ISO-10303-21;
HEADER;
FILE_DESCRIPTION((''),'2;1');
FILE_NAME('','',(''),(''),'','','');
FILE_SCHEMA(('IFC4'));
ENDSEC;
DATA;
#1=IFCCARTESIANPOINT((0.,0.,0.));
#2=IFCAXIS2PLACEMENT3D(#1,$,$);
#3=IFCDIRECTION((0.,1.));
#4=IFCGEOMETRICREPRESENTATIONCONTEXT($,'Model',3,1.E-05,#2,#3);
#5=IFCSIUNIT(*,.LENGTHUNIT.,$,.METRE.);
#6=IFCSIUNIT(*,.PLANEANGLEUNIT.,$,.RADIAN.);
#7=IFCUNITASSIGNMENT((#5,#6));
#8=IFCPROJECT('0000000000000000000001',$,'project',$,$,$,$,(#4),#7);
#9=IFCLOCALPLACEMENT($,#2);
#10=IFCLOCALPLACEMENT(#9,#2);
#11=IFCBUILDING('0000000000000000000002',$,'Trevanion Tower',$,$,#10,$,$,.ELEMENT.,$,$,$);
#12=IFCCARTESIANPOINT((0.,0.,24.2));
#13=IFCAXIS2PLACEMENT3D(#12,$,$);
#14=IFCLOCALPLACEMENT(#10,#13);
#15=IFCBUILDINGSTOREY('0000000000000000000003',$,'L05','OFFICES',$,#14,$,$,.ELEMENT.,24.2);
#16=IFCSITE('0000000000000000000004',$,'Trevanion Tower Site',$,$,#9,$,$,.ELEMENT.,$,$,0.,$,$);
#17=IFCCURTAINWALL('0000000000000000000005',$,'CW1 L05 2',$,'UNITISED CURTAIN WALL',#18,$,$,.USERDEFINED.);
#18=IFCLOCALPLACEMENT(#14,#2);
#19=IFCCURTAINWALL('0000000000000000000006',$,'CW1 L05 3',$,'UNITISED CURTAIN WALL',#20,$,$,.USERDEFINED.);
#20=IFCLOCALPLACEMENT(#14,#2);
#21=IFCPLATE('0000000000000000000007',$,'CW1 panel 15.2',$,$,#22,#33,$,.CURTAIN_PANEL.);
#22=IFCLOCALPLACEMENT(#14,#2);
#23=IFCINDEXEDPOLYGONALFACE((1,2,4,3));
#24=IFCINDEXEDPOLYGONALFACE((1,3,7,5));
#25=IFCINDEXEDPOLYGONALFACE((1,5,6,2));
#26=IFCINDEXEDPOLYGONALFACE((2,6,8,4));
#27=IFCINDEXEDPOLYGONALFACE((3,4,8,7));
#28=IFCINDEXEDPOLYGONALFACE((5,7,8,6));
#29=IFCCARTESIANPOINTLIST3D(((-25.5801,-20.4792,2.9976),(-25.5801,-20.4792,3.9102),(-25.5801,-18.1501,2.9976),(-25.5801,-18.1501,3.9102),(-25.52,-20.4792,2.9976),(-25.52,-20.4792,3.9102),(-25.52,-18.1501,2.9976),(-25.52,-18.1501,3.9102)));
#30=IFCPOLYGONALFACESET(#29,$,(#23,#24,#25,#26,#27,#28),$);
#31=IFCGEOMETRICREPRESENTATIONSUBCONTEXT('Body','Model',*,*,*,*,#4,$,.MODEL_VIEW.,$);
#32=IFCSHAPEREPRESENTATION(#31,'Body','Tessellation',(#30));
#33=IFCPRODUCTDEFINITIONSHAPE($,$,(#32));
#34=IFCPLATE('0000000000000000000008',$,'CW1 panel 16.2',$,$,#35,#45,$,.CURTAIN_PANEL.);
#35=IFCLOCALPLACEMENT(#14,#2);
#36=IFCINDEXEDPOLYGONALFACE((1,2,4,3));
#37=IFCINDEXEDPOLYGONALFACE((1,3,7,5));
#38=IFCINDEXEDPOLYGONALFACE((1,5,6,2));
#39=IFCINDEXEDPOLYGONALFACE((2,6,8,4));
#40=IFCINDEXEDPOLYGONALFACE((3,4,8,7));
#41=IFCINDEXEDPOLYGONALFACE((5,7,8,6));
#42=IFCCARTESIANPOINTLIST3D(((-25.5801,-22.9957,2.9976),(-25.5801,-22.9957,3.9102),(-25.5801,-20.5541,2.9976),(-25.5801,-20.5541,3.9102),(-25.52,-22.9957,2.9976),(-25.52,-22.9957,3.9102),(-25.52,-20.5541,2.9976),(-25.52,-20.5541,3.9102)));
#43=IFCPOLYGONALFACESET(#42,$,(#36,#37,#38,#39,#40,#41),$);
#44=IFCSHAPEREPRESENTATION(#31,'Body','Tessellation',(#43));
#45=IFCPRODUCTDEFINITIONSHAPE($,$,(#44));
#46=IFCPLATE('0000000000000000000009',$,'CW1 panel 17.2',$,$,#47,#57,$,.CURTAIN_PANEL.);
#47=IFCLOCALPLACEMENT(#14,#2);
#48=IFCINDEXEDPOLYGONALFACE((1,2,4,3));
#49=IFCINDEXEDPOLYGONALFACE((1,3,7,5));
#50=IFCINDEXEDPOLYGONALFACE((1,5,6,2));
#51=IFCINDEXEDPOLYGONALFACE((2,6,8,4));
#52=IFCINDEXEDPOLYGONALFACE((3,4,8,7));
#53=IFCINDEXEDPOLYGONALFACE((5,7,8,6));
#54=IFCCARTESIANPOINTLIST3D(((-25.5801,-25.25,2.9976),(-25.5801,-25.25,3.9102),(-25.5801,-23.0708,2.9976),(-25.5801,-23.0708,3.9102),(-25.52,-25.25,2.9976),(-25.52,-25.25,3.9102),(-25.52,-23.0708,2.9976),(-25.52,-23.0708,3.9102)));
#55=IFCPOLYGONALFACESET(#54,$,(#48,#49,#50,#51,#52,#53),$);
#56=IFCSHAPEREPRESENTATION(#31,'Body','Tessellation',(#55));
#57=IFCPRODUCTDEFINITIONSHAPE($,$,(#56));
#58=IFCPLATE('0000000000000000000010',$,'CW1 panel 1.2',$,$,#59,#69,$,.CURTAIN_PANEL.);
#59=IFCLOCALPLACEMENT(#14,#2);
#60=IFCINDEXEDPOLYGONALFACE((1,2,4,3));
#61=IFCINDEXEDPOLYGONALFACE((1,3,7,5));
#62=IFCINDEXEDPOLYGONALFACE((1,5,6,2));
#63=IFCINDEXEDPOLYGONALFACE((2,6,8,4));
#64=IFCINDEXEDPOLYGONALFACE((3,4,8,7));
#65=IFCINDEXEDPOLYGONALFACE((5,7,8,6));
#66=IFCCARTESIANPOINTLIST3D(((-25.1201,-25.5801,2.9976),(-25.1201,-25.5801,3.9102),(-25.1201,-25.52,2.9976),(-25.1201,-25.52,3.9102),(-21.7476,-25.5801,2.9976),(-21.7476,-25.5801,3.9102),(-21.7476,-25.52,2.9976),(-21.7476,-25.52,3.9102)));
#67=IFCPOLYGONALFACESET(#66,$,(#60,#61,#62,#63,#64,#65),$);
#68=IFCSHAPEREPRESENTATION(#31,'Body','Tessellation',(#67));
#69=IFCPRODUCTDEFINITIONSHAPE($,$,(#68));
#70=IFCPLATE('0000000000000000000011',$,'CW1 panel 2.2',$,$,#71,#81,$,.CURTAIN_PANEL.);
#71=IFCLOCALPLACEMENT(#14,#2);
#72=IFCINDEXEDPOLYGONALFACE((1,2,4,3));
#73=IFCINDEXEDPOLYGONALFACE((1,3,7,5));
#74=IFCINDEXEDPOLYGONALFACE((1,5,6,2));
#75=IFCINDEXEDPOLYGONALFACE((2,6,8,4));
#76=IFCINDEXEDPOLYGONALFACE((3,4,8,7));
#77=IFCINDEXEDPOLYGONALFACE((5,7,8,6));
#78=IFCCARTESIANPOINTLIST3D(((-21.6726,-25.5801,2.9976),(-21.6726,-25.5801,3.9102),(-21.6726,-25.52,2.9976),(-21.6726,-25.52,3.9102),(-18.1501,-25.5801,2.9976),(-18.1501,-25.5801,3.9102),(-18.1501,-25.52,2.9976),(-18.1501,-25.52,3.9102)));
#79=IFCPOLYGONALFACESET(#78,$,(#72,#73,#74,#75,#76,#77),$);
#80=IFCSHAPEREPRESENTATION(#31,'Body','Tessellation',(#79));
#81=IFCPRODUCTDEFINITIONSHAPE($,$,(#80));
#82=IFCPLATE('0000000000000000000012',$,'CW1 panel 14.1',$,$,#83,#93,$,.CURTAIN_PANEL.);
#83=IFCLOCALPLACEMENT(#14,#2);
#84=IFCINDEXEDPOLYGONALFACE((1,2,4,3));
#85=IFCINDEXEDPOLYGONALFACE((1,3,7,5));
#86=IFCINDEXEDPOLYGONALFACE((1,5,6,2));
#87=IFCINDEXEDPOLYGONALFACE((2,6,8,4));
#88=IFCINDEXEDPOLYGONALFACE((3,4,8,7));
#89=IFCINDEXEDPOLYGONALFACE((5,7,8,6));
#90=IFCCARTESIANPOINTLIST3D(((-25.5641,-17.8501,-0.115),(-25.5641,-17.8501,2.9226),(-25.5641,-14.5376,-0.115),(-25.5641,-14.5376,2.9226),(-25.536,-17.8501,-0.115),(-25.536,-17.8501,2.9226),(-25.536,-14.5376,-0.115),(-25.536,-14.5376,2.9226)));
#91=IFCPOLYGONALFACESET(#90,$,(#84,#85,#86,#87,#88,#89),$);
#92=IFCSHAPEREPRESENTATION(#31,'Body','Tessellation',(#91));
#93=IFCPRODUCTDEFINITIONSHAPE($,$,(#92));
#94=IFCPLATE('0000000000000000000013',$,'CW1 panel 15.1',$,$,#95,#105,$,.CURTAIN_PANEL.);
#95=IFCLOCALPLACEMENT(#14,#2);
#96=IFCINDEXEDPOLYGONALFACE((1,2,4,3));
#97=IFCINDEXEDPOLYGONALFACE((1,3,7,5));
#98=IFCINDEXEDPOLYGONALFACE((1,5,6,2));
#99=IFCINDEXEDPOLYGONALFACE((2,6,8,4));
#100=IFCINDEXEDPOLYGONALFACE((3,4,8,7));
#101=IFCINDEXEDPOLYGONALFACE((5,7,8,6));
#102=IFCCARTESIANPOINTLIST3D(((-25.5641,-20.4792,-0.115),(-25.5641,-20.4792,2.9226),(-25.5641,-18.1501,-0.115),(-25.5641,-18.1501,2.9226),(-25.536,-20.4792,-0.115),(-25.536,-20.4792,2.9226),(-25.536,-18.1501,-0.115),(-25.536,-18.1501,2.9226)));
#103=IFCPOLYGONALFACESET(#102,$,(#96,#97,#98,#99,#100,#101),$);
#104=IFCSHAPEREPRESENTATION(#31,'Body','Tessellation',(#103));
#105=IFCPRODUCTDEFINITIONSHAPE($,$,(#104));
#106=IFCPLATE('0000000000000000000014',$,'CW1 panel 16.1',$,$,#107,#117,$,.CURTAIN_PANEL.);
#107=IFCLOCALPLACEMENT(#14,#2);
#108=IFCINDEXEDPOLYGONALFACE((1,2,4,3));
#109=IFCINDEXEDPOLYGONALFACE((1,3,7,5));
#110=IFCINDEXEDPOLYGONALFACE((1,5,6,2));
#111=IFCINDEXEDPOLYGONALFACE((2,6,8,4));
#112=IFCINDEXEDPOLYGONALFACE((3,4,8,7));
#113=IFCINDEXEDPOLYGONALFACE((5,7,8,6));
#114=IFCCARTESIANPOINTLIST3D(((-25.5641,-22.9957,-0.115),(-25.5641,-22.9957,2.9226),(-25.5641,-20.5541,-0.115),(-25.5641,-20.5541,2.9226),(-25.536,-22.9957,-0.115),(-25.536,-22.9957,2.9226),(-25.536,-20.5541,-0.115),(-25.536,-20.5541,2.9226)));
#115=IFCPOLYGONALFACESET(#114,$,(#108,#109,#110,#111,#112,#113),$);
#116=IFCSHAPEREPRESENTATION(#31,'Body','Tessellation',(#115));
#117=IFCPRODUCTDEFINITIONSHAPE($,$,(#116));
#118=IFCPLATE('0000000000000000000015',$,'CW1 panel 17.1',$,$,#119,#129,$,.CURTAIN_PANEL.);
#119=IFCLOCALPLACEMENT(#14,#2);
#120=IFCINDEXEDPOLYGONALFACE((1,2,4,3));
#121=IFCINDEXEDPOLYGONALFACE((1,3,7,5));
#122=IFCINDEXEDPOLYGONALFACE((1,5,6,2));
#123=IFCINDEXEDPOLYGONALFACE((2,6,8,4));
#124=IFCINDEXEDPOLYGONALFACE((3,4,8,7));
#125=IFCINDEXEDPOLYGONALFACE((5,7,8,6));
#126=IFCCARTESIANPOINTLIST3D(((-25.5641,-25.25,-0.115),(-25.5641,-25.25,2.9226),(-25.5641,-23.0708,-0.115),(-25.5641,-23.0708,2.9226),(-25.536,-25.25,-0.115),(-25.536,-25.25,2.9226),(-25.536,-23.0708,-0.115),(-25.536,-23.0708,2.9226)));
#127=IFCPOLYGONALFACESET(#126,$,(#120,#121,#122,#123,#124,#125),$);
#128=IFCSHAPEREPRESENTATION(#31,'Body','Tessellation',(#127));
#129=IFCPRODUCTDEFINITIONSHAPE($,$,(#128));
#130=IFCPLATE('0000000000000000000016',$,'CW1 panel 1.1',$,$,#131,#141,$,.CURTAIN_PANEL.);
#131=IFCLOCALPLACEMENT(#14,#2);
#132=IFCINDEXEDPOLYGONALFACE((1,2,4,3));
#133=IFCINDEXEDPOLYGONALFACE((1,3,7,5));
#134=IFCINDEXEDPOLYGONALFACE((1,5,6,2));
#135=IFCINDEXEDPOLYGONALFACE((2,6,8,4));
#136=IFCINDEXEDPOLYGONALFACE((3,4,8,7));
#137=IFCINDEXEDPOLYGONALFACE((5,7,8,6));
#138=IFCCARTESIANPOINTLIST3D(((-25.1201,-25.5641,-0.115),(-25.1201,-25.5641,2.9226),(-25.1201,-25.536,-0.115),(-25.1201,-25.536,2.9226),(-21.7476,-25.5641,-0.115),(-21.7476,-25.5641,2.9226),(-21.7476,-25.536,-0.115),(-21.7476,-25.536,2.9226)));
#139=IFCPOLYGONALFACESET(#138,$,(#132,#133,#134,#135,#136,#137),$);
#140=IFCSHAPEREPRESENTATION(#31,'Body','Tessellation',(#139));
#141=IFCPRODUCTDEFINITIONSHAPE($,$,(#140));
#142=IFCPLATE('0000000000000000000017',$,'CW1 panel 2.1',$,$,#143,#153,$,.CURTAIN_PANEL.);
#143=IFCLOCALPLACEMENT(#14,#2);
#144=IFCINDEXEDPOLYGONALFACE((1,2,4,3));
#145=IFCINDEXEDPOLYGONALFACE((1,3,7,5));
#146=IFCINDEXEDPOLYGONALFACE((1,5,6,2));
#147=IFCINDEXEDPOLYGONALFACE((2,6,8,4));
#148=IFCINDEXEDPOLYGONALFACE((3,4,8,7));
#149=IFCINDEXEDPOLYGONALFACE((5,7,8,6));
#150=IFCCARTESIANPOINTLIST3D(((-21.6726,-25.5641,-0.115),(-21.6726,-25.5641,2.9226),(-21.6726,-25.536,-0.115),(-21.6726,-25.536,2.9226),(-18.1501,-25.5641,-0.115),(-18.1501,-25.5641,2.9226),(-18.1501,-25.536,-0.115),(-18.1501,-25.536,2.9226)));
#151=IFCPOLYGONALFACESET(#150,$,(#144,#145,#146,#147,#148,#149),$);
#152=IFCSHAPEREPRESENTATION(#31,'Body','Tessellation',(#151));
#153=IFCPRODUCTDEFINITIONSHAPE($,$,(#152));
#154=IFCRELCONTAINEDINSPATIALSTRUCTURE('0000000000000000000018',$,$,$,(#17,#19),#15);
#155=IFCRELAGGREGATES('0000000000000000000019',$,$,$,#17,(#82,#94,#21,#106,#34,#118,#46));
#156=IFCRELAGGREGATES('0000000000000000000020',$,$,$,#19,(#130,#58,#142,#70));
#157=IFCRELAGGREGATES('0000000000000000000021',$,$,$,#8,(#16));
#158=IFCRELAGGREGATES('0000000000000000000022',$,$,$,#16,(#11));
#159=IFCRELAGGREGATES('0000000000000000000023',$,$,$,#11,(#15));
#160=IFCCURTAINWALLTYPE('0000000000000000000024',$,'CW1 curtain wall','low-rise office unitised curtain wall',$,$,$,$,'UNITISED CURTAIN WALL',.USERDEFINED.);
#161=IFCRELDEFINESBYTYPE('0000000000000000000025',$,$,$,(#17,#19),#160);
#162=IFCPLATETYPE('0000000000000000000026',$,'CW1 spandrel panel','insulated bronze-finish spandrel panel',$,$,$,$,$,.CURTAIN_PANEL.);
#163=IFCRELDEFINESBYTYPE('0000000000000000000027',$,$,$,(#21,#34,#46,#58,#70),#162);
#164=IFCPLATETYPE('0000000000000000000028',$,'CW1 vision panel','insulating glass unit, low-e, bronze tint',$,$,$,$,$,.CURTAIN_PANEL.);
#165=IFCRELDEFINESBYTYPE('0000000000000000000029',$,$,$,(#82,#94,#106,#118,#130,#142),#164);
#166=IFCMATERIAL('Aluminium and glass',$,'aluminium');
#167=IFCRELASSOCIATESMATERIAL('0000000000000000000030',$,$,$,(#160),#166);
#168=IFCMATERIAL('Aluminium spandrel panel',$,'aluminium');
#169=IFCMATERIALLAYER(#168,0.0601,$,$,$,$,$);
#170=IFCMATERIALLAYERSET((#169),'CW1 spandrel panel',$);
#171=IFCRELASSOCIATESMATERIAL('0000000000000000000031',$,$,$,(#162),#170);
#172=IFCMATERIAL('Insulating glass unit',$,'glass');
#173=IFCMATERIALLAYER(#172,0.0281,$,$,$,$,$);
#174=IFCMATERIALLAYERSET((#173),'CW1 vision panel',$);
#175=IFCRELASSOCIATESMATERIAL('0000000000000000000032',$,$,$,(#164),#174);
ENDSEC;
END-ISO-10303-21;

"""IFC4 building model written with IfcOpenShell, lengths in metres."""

from ifc_helpers import new_model, si_unit, direction, frame, origin, origin_2d, place, context, subcontext, project, spatial, rectangle, extrude, material, layer, layer_set, type_object, element, aggregate, save


model = new_model("IFC4")

# Units and contexts
model_context = context("Model", 3, precision=1e-05, world=origin(), true_north=direction((0.0, 1.0)))
body_context = subcontext(model_context, "Body", "Model", "MODEL_VIEW")
ifc_project = project(units=[si_unit("LENGTHUNIT", "METRE"), si_unit("PLANEANGLEUNIT", "RADIAN")], contexts=[model_context])

# Site, building, storey
site_placement = place(None, origin())
site = spatial("IfcSite", under=ifc_project, at=site_placement, Name="Trevanion Tower Site", CompositionType="ELEMENT", RefElevation=0.0)
building_placement = place(site_placement, origin())
building = spatial("IfcBuilding", under=site, at=building_placement, Name="Trevanion Tower", CompositionType="ELEMENT")
storey_placement = place(building_placement, frame((0.0, 0.0, 24.2)))
storey = spatial("IfcBuildingStorey", under=building, at=storey_placement, Name="L05", Description="OFFICES", CompositionType="ELEMENT", Elevation=24.2)

# Curtain wall
ifc_material_1 = material(Name="Aluminium and glass", Category="aluminium")
curtain_wall_type = type_object("IfcCurtainWallType", Name="CW1 curtain wall", Description="low-rise office unitised curtain wall", ElementType="UNITISED CURTAIN WALL", PredefinedType="USERDEFINED", material=ifc_material_1)
curtain_wall_1_placement = place(storey_placement, origin())
curtain_wall_1 = element("IfcCurtainWall", 1, at=curtain_wall_1_placement, inside=storey, type_object=curtain_wall_type, Name="CW1 L05 2", ObjectType="UNITISED CURTAIN WALL", PredefinedType="USERDEFINED")

# Curtain wall
curtain_wall_2_placement = place(storey_placement, origin())
curtain_wall_2 = element("IfcCurtainWall", 2, at=curtain_wall_2_placement, inside=storey, type_object=curtain_wall_type, Name="CW1 L05 3", ObjectType="UNITISED CURTAIN WALL", PredefinedType="USERDEFINED")

# Plates
ifc_material_2 = material(Name="Aluminium spandrel panel", Category="aluminium")
ifc_layer_1 = layer(ifc_material_2, 0.0601)
ifc_layer_set_1 = layer_set([ifc_layer_1], Name="CW1 spandrel panel")
plate_type_1 = type_object("IfcPlateType", Name="CW1 spandrel panel", Description="insulated bronze-finish spandrel panel", PredefinedType="CURTAIN_PANEL", material=ifc_layer_set_1)
plate_1_placement = place(storey_placement, frame((-25.55, -19.3147, 2.9976), z_axis=(0.0, 0.0, 1.0), x_axis=(0.0, -1.0, 0.0)))
plate_1 = element("IfcPlate", 3, at=plate_1_placement, type_object=plate_type_1, Name="CW1 panel 15.2", PredefinedType="CURTAIN_PANEL", context=body_context, shape_type="SweptSolid", body=[
    extrude(rectangle(XDim=2.3291, YDim=0.0601, at=origin_2d()), origin(), (0.0, 0.0, 1.0), 0.9126),
])
plate_2_placement = place(storey_placement, frame((-25.55, -21.7749, 2.9976), z_axis=(0.0, 0.0, 1.0), x_axis=(0.0, -1.0, 0.0)))
plate_2 = element("IfcPlate", 4, at=plate_2_placement, type_object=plate_type_1, Name="CW1 panel 16.2", PredefinedType="CURTAIN_PANEL", context=body_context, shape_type="SweptSolid", body=[
    extrude(rectangle(XDim=2.4417, YDim=0.0601, at=origin_2d()), origin(), (0.0, 0.0, 1.0), 0.9126),
])
plate_3_placement = place(storey_placement, frame((-25.55, -24.1604, 2.9976), z_axis=(0.0, 0.0, 1.0), x_axis=(0.0, -1.0, 0.0)))
plate_3 = element("IfcPlate", 5, at=plate_3_placement, type_object=plate_type_1, Name="CW1 panel 17.2", PredefinedType="CURTAIN_PANEL", context=body_context, shape_type="SweptSolid", body=[
    extrude(rectangle(XDim=2.1792, YDim=0.0601, at=origin_2d()), origin(), (0.0, 0.0, 1.0), 0.9126),
])
plate_4_placement = place(storey_placement, frame((-23.4338, -25.55, 2.9976), z_axis=(0.0, 0.0, 1.0), x_axis=(1.0, 0.0, 0.0)))
plate_4 = element("IfcPlate", 6, at=plate_4_placement, type_object=plate_type_1, Name="CW1 panel 1.2", PredefinedType="CURTAIN_PANEL", context=body_context, shape_type="SweptSolid", body=[
    extrude(rectangle(XDim=3.3726, YDim=0.0601, at=origin_2d()), origin(), (0.0, 0.0, 1.0), 0.9126),
])
plate_5_placement = place(storey_placement, frame((-19.9114, -25.55, 2.9976), z_axis=(0.0, 0.0, 1.0), x_axis=(1.0, 0.0, 0.0)))
plate_5 = element("IfcPlate", 7, at=plate_5_placement, type_object=plate_type_1, Name="CW1 panel 2.2", PredefinedType="CURTAIN_PANEL", context=body_context, shape_type="SweptSolid", body=[
    extrude(rectangle(XDim=3.5225, YDim=0.0601, at=origin_2d()), origin(), (0.0, 0.0, 1.0), 0.9126),
])
ifc_material_3 = material(Name="Insulating glass unit", Category="glass")
ifc_layer_2 = layer(ifc_material_3, 0.0281)
ifc_layer_set_2 = layer_set([ifc_layer_2], Name="CW1 vision panel")
plate_type_2 = type_object("IfcPlateType", Name="CW1 vision panel", Description="insulating glass unit, low-e, bronze tint", PredefinedType="CURTAIN_PANEL", material=ifc_layer_set_2)
plate_6_placement = place(storey_placement, frame((-25.55, -16.1938, -0.115), z_axis=(0.0, 0.0, 1.0), x_axis=(0.0, -1.0, 0.0)))
plate_6 = element("IfcPlate", 8, at=plate_6_placement, type_object=plate_type_2, Name="CW1 panel 14.1", PredefinedType="CURTAIN_PANEL", context=body_context, shape_type="SweptSolid", body=[
    extrude(rectangle(XDim=3.3125, YDim=0.0281, at=origin_2d()), origin(), (0.0, 0.0, 1.0), 3.0376),
])
plate_7_placement = place(storey_placement, frame((-25.55, -19.3147, -0.115), z_axis=(0.0, 0.0, 1.0), x_axis=(0.0, -1.0, 0.0)))
plate_7 = element("IfcPlate", 9, at=plate_7_placement, type_object=plate_type_2, Name="CW1 panel 15.1", PredefinedType="CURTAIN_PANEL", context=body_context, shape_type="SweptSolid", body=[
    extrude(rectangle(XDim=2.3291, YDim=0.0281, at=origin_2d()), origin(), (0.0, 0.0, 1.0), 3.0376),
])
plate_8_placement = place(storey_placement, frame((-25.55, -21.7749, -0.115), z_axis=(0.0, 0.0, 1.0), x_axis=(0.0, -1.0, 0.0)))
plate_8 = element("IfcPlate", 10, at=plate_8_placement, type_object=plate_type_2, Name="CW1 panel 16.1", PredefinedType="CURTAIN_PANEL", context=body_context, shape_type="SweptSolid", body=[
    extrude(rectangle(XDim=2.4417, YDim=0.0281, at=origin_2d()), origin(), (0.0, 0.0, 1.0), 3.0376),
])
plate_9_placement = place(storey_placement, frame((-25.55, -24.1604, -0.115), z_axis=(0.0, 0.0, 1.0), x_axis=(0.0, -1.0, 0.0)))
plate_9 = element("IfcPlate", 11, at=plate_9_placement, type_object=plate_type_2, Name="CW1 panel 17.1", PredefinedType="CURTAIN_PANEL", context=body_context, shape_type="SweptSolid", body=[
    extrude(rectangle(XDim=2.1792, YDim=0.0281, at=origin_2d()), origin(), (0.0, 0.0, 1.0), 3.0376),
])
aggregate(curtain_wall_1, [plate_6, plate_7, plate_1, plate_8, plate_2, plate_9, plate_3])
plate_10_placement = place(storey_placement, frame((-23.4338, -25.55, -0.115), z_axis=(0.0, 0.0, 1.0), x_axis=(1.0, 0.0, 0.0)))
plate_10 = element("IfcPlate", 12, at=plate_10_placement, type_object=plate_type_2, Name="CW1 panel 1.1", PredefinedType="CURTAIN_PANEL", context=body_context, shape_type="SweptSolid", body=[
    extrude(rectangle(XDim=3.3726, YDim=0.0281, at=origin_2d()), origin(), (0.0, 0.0, 1.0), 3.0376),
])
plate_11_placement = place(storey_placement, frame((-19.9114, -25.55, -0.115), z_axis=(0.0, 0.0, 1.0), x_axis=(1.0, 0.0, 0.0)))
plate_11 = element("IfcPlate", 13, at=plate_11_placement, type_object=plate_type_2, Name="CW1 panel 2.1", PredefinedType="CURTAIN_PANEL", context=body_context, shape_type="SweptSolid", body=[
    extrude(rectangle(XDim=3.5225, YDim=0.0281, at=origin_2d()), origin(), (0.0, 0.0, 1.0), 3.0376),
])
aggregate(curtain_wall_2, [plate_10, plate_4, plate_11, plate_5])

save(model, "model.ifc")
